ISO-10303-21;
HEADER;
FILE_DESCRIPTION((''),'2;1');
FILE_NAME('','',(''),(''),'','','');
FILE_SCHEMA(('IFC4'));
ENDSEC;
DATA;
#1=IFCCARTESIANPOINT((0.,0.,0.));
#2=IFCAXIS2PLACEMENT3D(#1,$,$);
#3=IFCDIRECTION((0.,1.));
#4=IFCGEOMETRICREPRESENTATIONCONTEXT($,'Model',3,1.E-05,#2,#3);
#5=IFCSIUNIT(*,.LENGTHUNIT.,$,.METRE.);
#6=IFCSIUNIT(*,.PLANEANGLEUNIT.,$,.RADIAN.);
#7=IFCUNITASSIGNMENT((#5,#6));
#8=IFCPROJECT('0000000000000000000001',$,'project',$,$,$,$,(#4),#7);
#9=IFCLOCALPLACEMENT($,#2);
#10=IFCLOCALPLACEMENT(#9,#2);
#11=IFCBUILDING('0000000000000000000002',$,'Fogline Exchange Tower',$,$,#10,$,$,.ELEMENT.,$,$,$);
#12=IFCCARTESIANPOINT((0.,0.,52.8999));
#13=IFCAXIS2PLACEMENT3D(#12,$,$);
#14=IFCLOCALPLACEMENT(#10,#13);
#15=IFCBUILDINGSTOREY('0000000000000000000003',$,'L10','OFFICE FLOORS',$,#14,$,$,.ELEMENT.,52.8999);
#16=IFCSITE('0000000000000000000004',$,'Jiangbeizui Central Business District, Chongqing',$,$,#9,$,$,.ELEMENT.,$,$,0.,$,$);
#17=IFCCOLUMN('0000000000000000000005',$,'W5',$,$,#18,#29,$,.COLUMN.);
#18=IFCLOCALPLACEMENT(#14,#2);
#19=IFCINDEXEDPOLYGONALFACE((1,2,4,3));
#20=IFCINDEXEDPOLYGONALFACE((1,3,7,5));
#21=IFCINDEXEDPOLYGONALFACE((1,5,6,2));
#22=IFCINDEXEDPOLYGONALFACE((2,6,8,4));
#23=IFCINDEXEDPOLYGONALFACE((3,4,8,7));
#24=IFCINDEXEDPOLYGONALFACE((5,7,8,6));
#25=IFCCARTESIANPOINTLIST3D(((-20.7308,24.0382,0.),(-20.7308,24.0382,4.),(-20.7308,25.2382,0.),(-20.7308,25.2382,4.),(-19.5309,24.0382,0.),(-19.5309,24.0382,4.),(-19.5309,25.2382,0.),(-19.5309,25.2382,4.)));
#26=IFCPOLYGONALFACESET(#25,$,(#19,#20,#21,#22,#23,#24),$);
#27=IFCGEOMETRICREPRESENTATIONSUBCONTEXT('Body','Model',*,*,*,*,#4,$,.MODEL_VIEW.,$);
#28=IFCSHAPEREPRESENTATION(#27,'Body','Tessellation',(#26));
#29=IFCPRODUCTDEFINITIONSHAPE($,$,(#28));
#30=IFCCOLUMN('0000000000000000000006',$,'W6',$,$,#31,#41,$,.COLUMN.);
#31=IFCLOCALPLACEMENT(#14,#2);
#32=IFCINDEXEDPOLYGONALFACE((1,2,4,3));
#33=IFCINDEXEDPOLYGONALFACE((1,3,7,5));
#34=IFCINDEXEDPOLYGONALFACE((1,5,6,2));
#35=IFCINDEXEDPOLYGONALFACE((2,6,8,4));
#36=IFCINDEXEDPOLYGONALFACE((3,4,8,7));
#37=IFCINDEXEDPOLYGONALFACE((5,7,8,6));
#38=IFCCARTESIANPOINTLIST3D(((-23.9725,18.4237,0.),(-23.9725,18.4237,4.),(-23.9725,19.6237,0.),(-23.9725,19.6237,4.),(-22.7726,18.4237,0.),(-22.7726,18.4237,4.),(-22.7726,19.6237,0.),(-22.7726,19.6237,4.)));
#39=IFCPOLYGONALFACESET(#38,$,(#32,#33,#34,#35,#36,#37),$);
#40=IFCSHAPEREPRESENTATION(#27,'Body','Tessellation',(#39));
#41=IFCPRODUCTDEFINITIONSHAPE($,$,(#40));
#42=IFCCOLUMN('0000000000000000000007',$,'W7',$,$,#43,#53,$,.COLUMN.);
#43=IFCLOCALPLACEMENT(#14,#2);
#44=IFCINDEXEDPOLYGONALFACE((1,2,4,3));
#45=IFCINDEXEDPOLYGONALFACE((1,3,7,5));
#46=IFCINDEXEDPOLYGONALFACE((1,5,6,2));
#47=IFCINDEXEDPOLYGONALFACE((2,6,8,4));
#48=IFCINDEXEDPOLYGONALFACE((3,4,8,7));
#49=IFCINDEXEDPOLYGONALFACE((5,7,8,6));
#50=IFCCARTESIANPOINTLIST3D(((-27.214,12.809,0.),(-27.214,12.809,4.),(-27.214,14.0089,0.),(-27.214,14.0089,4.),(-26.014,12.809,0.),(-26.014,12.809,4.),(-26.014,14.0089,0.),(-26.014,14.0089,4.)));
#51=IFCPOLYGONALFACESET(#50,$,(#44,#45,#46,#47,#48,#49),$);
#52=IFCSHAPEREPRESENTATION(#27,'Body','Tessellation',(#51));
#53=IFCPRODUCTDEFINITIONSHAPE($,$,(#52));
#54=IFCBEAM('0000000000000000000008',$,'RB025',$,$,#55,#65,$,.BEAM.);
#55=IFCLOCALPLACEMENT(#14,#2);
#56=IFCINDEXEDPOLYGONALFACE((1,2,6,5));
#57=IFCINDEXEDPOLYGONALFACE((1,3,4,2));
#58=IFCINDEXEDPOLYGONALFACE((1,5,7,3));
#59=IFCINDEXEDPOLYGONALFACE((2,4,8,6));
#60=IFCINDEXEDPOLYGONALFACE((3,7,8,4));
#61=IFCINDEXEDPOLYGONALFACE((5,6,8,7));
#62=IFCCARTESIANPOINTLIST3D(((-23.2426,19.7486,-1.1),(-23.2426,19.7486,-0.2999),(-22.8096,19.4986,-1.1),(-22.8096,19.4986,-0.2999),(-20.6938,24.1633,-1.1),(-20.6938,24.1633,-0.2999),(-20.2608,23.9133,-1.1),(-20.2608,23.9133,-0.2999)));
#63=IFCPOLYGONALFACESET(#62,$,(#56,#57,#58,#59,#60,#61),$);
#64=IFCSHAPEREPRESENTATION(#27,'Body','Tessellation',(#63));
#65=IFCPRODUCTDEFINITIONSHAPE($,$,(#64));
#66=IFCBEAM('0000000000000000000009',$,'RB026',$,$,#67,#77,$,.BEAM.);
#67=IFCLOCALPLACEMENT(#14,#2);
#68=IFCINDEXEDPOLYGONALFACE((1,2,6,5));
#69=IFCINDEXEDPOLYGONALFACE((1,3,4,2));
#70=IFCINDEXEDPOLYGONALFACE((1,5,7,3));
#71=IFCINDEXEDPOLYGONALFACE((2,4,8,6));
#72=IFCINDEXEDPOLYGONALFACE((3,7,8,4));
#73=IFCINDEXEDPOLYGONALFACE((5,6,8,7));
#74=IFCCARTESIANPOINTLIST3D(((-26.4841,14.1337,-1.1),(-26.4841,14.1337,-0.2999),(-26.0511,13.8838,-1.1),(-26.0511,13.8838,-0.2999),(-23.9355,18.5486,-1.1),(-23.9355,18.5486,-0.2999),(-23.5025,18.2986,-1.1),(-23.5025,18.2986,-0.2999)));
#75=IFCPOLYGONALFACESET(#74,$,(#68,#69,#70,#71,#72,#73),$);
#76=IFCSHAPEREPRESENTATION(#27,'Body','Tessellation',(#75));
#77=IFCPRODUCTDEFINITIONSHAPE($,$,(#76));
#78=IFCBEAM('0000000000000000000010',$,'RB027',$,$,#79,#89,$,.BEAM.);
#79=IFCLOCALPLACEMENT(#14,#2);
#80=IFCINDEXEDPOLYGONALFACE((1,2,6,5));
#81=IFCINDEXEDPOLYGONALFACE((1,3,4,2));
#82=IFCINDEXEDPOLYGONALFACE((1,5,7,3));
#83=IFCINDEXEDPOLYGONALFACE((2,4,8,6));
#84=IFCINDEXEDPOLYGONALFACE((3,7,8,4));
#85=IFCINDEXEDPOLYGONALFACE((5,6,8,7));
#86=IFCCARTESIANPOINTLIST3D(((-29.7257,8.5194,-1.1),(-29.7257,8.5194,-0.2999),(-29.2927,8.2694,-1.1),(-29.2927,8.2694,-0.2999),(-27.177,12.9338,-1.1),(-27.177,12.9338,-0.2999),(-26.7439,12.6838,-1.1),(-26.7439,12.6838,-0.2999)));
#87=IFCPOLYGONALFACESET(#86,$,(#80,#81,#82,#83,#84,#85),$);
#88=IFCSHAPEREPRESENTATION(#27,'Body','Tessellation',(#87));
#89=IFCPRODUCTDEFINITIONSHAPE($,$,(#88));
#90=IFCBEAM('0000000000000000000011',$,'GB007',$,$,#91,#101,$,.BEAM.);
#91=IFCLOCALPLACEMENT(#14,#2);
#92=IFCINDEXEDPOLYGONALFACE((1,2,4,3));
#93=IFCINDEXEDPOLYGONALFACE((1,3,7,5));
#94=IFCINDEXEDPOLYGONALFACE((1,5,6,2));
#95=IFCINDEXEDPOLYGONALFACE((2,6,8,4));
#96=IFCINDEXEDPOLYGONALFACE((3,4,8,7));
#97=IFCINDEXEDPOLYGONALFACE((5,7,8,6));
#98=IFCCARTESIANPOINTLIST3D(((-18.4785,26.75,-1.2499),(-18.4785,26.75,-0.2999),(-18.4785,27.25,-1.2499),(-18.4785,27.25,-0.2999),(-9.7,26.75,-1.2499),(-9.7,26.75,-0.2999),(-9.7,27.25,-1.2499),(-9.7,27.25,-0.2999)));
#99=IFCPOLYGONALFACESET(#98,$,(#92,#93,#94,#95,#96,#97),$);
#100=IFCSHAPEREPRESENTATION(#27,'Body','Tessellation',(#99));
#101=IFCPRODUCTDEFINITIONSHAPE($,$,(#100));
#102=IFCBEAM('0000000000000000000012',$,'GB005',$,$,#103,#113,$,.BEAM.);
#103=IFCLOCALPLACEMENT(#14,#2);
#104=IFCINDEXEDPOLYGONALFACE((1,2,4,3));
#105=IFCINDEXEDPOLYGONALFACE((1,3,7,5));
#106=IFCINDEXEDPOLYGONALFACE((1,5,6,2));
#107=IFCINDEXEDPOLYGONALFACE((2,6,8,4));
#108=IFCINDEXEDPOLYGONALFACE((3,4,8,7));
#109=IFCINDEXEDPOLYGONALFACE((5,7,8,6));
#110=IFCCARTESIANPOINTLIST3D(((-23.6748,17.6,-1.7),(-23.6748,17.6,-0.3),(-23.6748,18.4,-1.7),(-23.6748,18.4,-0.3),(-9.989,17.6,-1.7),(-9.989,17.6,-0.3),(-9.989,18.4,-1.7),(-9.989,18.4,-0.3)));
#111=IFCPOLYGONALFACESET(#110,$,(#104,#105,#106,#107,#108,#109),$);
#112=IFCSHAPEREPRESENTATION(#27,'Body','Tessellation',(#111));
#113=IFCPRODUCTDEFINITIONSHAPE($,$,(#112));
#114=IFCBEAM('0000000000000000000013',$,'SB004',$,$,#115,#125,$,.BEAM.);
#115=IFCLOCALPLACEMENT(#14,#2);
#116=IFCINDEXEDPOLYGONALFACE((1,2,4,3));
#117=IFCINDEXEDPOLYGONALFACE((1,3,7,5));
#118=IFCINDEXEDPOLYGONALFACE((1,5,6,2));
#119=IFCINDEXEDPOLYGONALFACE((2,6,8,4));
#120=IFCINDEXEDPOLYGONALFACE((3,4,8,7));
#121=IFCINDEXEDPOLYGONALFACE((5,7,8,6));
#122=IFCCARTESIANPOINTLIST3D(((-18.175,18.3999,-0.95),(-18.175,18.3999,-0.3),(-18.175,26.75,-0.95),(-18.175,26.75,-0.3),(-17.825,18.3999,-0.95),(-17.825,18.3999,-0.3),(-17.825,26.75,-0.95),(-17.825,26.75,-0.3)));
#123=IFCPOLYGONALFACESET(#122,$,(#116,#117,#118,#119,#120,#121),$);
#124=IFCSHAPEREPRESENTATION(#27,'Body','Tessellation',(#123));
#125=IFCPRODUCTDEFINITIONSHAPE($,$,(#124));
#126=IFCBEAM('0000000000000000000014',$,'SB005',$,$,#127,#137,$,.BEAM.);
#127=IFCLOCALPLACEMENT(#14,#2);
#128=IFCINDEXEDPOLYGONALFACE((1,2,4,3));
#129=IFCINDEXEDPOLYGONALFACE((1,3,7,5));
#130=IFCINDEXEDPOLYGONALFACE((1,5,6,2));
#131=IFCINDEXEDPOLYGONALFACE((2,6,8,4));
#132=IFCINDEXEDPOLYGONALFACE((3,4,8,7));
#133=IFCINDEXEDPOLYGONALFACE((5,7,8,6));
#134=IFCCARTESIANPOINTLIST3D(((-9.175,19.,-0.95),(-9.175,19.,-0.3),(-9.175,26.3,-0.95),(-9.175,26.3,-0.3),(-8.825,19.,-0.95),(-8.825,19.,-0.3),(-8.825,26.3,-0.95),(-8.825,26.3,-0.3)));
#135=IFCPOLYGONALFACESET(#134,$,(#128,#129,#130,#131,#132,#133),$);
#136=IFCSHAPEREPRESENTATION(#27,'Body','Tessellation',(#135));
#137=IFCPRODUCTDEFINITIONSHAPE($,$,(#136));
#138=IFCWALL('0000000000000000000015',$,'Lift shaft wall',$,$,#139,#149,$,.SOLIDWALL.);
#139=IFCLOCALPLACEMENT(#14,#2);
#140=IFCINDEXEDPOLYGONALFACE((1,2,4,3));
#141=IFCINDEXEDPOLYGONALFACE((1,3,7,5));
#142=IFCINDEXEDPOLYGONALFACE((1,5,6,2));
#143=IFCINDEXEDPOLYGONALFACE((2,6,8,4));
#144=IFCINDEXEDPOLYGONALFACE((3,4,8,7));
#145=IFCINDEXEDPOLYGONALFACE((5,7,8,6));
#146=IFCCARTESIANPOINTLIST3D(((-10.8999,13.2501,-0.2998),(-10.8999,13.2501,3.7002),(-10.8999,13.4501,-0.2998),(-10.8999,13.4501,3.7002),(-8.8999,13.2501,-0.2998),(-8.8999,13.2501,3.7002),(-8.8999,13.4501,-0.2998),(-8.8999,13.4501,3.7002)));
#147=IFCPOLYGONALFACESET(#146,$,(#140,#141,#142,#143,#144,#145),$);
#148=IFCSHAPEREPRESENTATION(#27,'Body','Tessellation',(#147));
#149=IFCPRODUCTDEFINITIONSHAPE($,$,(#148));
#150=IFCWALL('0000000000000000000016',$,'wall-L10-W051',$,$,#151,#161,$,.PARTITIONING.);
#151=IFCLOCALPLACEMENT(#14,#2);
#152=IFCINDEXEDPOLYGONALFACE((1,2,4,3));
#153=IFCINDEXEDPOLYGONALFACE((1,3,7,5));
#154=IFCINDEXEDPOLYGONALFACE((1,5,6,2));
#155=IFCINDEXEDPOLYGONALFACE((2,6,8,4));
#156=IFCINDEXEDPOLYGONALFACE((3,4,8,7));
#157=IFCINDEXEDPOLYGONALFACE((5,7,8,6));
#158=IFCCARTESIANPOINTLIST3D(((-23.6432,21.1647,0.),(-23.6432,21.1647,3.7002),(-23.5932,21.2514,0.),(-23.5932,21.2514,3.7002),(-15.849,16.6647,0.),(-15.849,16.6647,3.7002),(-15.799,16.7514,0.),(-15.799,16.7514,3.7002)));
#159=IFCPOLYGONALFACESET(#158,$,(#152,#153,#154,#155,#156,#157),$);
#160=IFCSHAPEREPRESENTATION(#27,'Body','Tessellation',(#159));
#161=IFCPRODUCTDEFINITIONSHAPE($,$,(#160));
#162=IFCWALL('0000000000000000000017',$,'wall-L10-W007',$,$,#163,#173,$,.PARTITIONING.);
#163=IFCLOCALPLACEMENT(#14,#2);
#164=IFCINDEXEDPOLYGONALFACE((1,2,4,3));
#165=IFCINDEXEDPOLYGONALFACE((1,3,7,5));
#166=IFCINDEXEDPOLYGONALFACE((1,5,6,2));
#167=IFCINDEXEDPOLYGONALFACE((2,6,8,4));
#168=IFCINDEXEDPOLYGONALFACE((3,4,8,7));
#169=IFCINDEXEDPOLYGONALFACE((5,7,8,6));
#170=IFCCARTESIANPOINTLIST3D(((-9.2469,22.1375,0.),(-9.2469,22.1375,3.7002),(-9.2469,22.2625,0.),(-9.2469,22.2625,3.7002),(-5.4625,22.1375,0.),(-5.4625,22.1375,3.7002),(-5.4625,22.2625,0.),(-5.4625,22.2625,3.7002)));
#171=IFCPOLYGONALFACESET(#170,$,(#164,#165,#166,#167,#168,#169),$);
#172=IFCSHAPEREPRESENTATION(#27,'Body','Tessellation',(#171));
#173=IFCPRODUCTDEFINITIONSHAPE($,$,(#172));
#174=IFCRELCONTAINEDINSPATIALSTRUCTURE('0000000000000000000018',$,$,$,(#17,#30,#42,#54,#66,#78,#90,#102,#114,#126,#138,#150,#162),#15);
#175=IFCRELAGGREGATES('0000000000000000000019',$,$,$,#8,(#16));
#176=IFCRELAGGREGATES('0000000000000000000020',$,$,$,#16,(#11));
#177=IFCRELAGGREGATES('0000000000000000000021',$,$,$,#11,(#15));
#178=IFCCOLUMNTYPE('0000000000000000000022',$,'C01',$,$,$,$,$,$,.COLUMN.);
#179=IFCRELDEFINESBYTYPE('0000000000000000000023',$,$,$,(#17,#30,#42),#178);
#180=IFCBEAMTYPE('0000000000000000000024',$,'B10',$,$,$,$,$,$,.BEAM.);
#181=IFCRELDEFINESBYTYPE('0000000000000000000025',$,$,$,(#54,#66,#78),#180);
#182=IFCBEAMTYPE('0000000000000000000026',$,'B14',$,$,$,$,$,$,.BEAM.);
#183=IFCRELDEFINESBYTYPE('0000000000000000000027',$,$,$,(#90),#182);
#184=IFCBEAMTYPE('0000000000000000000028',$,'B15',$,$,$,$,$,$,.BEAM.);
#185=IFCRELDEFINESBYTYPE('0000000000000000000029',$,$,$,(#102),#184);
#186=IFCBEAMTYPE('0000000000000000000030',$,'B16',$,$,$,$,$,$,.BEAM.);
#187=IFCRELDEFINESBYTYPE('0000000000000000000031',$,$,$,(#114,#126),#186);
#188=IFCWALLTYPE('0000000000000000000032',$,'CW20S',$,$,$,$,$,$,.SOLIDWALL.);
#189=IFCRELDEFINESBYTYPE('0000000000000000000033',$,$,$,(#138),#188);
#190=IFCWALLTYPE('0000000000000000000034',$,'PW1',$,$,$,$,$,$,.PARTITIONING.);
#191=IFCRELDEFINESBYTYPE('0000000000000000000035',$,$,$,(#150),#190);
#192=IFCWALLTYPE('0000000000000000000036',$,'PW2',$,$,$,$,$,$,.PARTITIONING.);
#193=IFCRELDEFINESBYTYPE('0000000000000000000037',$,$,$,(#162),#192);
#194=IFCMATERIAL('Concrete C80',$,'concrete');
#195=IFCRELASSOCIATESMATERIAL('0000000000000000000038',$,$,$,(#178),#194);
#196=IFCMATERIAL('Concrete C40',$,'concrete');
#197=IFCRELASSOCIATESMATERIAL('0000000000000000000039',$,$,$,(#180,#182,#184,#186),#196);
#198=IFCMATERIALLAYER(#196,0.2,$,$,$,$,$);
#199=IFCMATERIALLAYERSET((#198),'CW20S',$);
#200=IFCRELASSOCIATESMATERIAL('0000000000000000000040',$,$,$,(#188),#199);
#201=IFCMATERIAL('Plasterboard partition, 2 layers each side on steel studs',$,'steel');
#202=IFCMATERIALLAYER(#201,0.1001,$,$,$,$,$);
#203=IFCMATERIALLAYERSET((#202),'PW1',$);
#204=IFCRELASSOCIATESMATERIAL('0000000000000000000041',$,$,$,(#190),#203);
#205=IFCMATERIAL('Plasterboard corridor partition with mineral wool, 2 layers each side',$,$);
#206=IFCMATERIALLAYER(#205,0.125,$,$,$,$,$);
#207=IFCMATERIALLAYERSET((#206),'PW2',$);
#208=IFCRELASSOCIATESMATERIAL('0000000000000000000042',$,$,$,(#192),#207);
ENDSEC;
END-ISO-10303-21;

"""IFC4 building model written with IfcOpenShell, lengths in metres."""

from ifc_helpers import new_model, si_unit, direction, frame, frame_2d, origin, origin_2d, place, context, subcontext, project, spatial, rectangle, extrude, material, layer, layer_set, material_profile, profile_set, type_object, element, save


model = new_model("IFC4")

# Units and contexts
model_context = context("Model", 3, precision=1e-05, world=origin(), true_north=direction((0.0, 1.0)))
body_context = subcontext(model_context, "Body", "Model", "MODEL_VIEW")
ifc_project = project(units=[si_unit("LENGTHUNIT", "METRE"), si_unit("PLANEANGLEUNIT", "RADIAN")], contexts=[model_context])

# Site, building, storey
site_placement = place(None, origin())
site = spatial("IfcSite", under=ifc_project, at=site_placement, Name="Jiangbeizui Central Business District, Chongqing", CompositionType="ELEMENT", RefElevation=0.0)
building_placement = place(site_placement, origin())
building = spatial("IfcBuilding", under=site, at=building_placement, Name="Fogline Exchange Tower", CompositionType="ELEMENT")
storey_placement = place(building_placement, frame((0.0, 0.0, 52.8999)))
storey = spatial("IfcBuildingStorey", under=building, at=storey_placement, Name="L10", Description="OFFICE FLOORS", CompositionType="ELEMENT", Elevation=52.8999)

# Columns
ifc_material_1 = material(Name="Concrete C80", Category="concrete")
ifc_material_profile_1 = material_profile(ifc_material_1, rectangle(XDim=1.2, YDim=1.2, at=origin_2d()), Name="RC 1200x1200")
ifc_profile_set_1 = profile_set([ifc_material_profile_1], Name="Concrete C80")
column_type = type_object("IfcColumnType", Name="C01", PredefinedType="COLUMN", material=ifc_profile_set_1)
for number, where, z_axis, x_axis, name in (
    (1, (-20.1309, 24.6382, 0.0), (0.0, 0.0, 1.0), (1.0, 0.0, 0.0), "W5"),
    (2, (-23.3726, 19.0237, 0.0), (0.0, 0.0, 1.0), (1.0, 0.0, 0.0), "W6"),
    (3, (-26.614, 13.4089, 0.0), (0.0, 0.0, 1.0), (1.0, 0.0, 0.0), "W7"),
):
    element("IfcColumn", number, at=place(storey_placement, frame(where, z_axis=z_axis, x_axis=x_axis)), inside=storey, type_object=column_type, Name=name, PredefinedType="COLUMN", context=body_context, shape_type="SweptSolid", body=[
        extrude(rectangle(XDim=1.2, YDim=1.2, at=origin_2d()), origin(), (0.0, 0.0, 1.0), 4.0),
    ])

# Beams
ifc_material_2 = material(Name="Concrete C40", Category="concrete")
ifc_material_profile_2 = material_profile(ifc_material_2, rectangle(XDim=0.5, YDim=0.8, at=origin_2d()), Name="RC 500x800")
ifc_profile_set_2 = profile_set([ifc_material_profile_2], Name="Concrete C40")
beam_type_1 = type_object("IfcBeamType", Name="B10", PredefinedType="BEAM", material=ifc_profile_set_2)
for number, where, z_axis, x_axis, name in (
    (4, (-20.4773, 24.0383, -0.7), (-0.499992, -0.86603, 0.0), (0.86603, -0.499992, 0.0), "RB025"),
    (5, (-23.719, 18.4236, -0.7), (-0.499956, -0.866051, 0.0), (0.866051, -0.499956, 0.0), "RB026"),
):
    element("IfcBeam", number, at=place(storey_placement, frame(where, z_axis=z_axis, x_axis=x_axis)), inside=storey, type_object=beam_type_1, Name=name, PredefinedType="BEAM", context=body_context, shape_type="SweptSolid", body=[
        extrude(rectangle(XDim=0.5, YDim=0.8, at=origin_2d()), origin(), (0.0, 0.0, 1.0), 5.0977),
    ])
beam_1_placement = place(storey_placement, frame((-26.9604, 12.8088, -0.7), z_axis=(-0.500013, -0.866018, 0.0), x_axis=(0.866018, -0.500013, 0.0)))
element("IfcBeam", 6, at=beam_1_placement, inside=storey, type_object=beam_type_1, Name="RB027", PredefinedType="BEAM", context=body_context, shape_type="SweptSolid", body=[
    extrude(rectangle(XDim=0.5, YDim=0.8, at=origin_2d()), origin(), (0.0, 0.0, 1.0), 5.0974),
])
ifc_material_profile_3 = material_profile(ifc_material_2, rectangle(XDim=0.5, YDim=0.95, at=origin_2d()), Name="RC 500x950")
ifc_profile_set_3 = profile_set([ifc_material_profile_3], Name="Concrete C40")
beam_type_2 = type_object("IfcBeamType", Name="B14", PredefinedType="BEAM", material=ifc_profile_set_3)
beam_2_placement = place(storey_placement, frame((-18.4785, 27.0, -0.7749), z_axis=(1.0, 0.0, 0.0), x_axis=(0.0, 1.0, 0.0)))
element("IfcBeam", 7, at=beam_2_placement, inside=storey, type_object=beam_type_2, Name="GB007", PredefinedType="BEAM", context=body_context, shape_type="SweptSolid", body=[
    extrude(rectangle(XDim=0.5, YDim=0.95, at=origin_2d()), origin(), (0.0, 0.0, 1.0), 8.7786),
])
ifc_material_profile_4 = material_profile(ifc_material_2, rectangle(XDim=0.8, YDim=1.3999, at=origin_2d()), Name="RC 800x1400")
ifc_profile_set_4 = profile_set([ifc_material_profile_4], Name="Concrete C40")
beam_type_3 = type_object("IfcBeamType", Name="B15", PredefinedType="BEAM", material=ifc_profile_set_4)
beam_3_placement = place(storey_placement, frame((-23.6748, 18.0, -1.0), z_axis=(1.0, 0.0, 0.0), x_axis=(0.0, 1.0, 0.0)))
element("IfcBeam", 8, at=beam_3_placement, inside=storey, type_object=beam_type_3, Name="GB005", PredefinedType="BEAM", context=body_context, shape_type="SweptSolid", body=[
    extrude(rectangle(XDim=0.8, YDim=1.3999, at=origin_2d()), origin(), (0.0, 0.0, 1.0), 13.6858),
])
ifc_material_profile_5 = material_profile(ifc_material_2, rectangle(XDim=0.3501, YDim=0.6499, at=origin_2d()), Name="RC 350x650")
ifc_profile_set_5 = profile_set([ifc_material_profile_5], Name="Concrete C40")
beam_type_4 = type_object("IfcBeamType", Name="B16", PredefinedType="BEAM", material=ifc_profile_set_5)
beam_4_placement = place(storey_placement, frame((-18.0, 18.3999, -0.625), z_axis=(0.0, 1.0, 0.0), x_axis=(-1.0, 0.0, 0.0)))
element("IfcBeam", 9, at=beam_4_placement, inside=storey, type_object=beam_type_4, Name="SB004", PredefinedType="BEAM", context=body_context, shape_type="SweptSolid", body=[
    extrude(rectangle(XDim=0.3501, YDim=0.6499, at=origin_2d()), origin(), (0.0, 0.0, 1.0), 8.3501),
])
beam_5_placement = place(storey_placement, frame((-9.0, 19.0, -0.625), z_axis=(0.0, 1.0, 0.0), x_axis=(-1.0, 0.0, 0.0)))
element("IfcBeam", 10, at=beam_5_placement, inside=storey, type_object=beam_type_4, Name="SB005", PredefinedType="BEAM", context=body_context, shape_type="SweptSolid", body=[
    extrude(rectangle(XDim=0.3501, YDim=0.6499, at=origin_2d()), origin(), (0.0, 0.0, 1.0), 7.3),
])

# Walls
ifc_layer_1 = layer(ifc_material_2, 0.2)
ifc_layer_set_1 = layer_set([ifc_layer_1], Name="CW20S")
wall_type_1 = type_object("IfcWallType", Name="CW20S", PredefinedType="SOLIDWALL", material=ifc_layer_set_1)
wall_1_placement = place(storey_placement, frame((-10.8999, 13.3501, -0.2998), z_axis=(0.0, 0.0, 1.0), x_axis=(1.0, 0.0, 0.0)))
element("IfcWall", 11, at=wall_1_placement, inside=storey, type_object=wall_type_1, Name="Lift shaft wall", PredefinedType="SOLIDWALL", context=body_context, shape_type="SweptSolid", body=[
    extrude(rectangle(XDim=2.0, YDim=0.2, at=frame_2d((1.0, 0.0))), origin(), (0.0, 0.0, 1.0), 4.0),
])
ifc_material_3 = material(Name="Plasterboard partition, 2 layers each side on steel studs", Category="steel")
ifc_layer_2 = layer(ifc_material_3, 0.1001)
ifc_layer_set_2 = layer_set([ifc_layer_2], Name="PW1")
wall_type_2 = type_object("IfcWallType", Name="PW1", PredefinedType="PARTITIONING", material=ifc_layer_set_2)
wall_2_placement = place(storey_placement, frame((-15.824, 16.708, 0.0), z_axis=(0.0, 0.0, 1.0), x_axis=(-0.866024, 0.500002, 0.0)))
element("IfcWall", 12, at=wall_2_placement, inside=storey, type_object=wall_type_2, Name="wall-L10-W051", PredefinedType="PARTITIONING", context=body_context, shape_type="SweptSolid", body=[
    extrude(rectangle(XDim=9.0, YDim=0.1001, at=frame_2d((4.5, 0.0))), origin(), (0.0, 0.0, 1.0), 3.7002),
])
ifc_material_4 = material(Name="Plasterboard corridor partition with mineral wool, 2 layers each side")
ifc_layer_3 = layer(ifc_material_4, 0.125)
ifc_layer_set_3 = layer_set([ifc_layer_3], Name="PW2")
wall_type_3 = type_object("IfcWallType", Name="PW2", PredefinedType="PARTITIONING", material=ifc_layer_set_3)
wall_3_placement = place(storey_placement, frame((-9.2468, 22.2, 0.0), z_axis=(0.0, 0.0, 1.0), x_axis=(1.0, 0.0, 0.0)))
element("IfcWall", 13, at=wall_3_placement, inside=storey, type_object=wall_type_3, Name="wall-L10-W007", PredefinedType="PARTITIONING", context=body_context, shape_type="SweptSolid", body=[
    extrude(rectangle(XDim=3.7844, YDim=0.125, at=frame_2d((1.8921, 0.0))), origin(), (0.0, 0.0, 1.0), 3.7002),
])

save(model, "model.ifc")
